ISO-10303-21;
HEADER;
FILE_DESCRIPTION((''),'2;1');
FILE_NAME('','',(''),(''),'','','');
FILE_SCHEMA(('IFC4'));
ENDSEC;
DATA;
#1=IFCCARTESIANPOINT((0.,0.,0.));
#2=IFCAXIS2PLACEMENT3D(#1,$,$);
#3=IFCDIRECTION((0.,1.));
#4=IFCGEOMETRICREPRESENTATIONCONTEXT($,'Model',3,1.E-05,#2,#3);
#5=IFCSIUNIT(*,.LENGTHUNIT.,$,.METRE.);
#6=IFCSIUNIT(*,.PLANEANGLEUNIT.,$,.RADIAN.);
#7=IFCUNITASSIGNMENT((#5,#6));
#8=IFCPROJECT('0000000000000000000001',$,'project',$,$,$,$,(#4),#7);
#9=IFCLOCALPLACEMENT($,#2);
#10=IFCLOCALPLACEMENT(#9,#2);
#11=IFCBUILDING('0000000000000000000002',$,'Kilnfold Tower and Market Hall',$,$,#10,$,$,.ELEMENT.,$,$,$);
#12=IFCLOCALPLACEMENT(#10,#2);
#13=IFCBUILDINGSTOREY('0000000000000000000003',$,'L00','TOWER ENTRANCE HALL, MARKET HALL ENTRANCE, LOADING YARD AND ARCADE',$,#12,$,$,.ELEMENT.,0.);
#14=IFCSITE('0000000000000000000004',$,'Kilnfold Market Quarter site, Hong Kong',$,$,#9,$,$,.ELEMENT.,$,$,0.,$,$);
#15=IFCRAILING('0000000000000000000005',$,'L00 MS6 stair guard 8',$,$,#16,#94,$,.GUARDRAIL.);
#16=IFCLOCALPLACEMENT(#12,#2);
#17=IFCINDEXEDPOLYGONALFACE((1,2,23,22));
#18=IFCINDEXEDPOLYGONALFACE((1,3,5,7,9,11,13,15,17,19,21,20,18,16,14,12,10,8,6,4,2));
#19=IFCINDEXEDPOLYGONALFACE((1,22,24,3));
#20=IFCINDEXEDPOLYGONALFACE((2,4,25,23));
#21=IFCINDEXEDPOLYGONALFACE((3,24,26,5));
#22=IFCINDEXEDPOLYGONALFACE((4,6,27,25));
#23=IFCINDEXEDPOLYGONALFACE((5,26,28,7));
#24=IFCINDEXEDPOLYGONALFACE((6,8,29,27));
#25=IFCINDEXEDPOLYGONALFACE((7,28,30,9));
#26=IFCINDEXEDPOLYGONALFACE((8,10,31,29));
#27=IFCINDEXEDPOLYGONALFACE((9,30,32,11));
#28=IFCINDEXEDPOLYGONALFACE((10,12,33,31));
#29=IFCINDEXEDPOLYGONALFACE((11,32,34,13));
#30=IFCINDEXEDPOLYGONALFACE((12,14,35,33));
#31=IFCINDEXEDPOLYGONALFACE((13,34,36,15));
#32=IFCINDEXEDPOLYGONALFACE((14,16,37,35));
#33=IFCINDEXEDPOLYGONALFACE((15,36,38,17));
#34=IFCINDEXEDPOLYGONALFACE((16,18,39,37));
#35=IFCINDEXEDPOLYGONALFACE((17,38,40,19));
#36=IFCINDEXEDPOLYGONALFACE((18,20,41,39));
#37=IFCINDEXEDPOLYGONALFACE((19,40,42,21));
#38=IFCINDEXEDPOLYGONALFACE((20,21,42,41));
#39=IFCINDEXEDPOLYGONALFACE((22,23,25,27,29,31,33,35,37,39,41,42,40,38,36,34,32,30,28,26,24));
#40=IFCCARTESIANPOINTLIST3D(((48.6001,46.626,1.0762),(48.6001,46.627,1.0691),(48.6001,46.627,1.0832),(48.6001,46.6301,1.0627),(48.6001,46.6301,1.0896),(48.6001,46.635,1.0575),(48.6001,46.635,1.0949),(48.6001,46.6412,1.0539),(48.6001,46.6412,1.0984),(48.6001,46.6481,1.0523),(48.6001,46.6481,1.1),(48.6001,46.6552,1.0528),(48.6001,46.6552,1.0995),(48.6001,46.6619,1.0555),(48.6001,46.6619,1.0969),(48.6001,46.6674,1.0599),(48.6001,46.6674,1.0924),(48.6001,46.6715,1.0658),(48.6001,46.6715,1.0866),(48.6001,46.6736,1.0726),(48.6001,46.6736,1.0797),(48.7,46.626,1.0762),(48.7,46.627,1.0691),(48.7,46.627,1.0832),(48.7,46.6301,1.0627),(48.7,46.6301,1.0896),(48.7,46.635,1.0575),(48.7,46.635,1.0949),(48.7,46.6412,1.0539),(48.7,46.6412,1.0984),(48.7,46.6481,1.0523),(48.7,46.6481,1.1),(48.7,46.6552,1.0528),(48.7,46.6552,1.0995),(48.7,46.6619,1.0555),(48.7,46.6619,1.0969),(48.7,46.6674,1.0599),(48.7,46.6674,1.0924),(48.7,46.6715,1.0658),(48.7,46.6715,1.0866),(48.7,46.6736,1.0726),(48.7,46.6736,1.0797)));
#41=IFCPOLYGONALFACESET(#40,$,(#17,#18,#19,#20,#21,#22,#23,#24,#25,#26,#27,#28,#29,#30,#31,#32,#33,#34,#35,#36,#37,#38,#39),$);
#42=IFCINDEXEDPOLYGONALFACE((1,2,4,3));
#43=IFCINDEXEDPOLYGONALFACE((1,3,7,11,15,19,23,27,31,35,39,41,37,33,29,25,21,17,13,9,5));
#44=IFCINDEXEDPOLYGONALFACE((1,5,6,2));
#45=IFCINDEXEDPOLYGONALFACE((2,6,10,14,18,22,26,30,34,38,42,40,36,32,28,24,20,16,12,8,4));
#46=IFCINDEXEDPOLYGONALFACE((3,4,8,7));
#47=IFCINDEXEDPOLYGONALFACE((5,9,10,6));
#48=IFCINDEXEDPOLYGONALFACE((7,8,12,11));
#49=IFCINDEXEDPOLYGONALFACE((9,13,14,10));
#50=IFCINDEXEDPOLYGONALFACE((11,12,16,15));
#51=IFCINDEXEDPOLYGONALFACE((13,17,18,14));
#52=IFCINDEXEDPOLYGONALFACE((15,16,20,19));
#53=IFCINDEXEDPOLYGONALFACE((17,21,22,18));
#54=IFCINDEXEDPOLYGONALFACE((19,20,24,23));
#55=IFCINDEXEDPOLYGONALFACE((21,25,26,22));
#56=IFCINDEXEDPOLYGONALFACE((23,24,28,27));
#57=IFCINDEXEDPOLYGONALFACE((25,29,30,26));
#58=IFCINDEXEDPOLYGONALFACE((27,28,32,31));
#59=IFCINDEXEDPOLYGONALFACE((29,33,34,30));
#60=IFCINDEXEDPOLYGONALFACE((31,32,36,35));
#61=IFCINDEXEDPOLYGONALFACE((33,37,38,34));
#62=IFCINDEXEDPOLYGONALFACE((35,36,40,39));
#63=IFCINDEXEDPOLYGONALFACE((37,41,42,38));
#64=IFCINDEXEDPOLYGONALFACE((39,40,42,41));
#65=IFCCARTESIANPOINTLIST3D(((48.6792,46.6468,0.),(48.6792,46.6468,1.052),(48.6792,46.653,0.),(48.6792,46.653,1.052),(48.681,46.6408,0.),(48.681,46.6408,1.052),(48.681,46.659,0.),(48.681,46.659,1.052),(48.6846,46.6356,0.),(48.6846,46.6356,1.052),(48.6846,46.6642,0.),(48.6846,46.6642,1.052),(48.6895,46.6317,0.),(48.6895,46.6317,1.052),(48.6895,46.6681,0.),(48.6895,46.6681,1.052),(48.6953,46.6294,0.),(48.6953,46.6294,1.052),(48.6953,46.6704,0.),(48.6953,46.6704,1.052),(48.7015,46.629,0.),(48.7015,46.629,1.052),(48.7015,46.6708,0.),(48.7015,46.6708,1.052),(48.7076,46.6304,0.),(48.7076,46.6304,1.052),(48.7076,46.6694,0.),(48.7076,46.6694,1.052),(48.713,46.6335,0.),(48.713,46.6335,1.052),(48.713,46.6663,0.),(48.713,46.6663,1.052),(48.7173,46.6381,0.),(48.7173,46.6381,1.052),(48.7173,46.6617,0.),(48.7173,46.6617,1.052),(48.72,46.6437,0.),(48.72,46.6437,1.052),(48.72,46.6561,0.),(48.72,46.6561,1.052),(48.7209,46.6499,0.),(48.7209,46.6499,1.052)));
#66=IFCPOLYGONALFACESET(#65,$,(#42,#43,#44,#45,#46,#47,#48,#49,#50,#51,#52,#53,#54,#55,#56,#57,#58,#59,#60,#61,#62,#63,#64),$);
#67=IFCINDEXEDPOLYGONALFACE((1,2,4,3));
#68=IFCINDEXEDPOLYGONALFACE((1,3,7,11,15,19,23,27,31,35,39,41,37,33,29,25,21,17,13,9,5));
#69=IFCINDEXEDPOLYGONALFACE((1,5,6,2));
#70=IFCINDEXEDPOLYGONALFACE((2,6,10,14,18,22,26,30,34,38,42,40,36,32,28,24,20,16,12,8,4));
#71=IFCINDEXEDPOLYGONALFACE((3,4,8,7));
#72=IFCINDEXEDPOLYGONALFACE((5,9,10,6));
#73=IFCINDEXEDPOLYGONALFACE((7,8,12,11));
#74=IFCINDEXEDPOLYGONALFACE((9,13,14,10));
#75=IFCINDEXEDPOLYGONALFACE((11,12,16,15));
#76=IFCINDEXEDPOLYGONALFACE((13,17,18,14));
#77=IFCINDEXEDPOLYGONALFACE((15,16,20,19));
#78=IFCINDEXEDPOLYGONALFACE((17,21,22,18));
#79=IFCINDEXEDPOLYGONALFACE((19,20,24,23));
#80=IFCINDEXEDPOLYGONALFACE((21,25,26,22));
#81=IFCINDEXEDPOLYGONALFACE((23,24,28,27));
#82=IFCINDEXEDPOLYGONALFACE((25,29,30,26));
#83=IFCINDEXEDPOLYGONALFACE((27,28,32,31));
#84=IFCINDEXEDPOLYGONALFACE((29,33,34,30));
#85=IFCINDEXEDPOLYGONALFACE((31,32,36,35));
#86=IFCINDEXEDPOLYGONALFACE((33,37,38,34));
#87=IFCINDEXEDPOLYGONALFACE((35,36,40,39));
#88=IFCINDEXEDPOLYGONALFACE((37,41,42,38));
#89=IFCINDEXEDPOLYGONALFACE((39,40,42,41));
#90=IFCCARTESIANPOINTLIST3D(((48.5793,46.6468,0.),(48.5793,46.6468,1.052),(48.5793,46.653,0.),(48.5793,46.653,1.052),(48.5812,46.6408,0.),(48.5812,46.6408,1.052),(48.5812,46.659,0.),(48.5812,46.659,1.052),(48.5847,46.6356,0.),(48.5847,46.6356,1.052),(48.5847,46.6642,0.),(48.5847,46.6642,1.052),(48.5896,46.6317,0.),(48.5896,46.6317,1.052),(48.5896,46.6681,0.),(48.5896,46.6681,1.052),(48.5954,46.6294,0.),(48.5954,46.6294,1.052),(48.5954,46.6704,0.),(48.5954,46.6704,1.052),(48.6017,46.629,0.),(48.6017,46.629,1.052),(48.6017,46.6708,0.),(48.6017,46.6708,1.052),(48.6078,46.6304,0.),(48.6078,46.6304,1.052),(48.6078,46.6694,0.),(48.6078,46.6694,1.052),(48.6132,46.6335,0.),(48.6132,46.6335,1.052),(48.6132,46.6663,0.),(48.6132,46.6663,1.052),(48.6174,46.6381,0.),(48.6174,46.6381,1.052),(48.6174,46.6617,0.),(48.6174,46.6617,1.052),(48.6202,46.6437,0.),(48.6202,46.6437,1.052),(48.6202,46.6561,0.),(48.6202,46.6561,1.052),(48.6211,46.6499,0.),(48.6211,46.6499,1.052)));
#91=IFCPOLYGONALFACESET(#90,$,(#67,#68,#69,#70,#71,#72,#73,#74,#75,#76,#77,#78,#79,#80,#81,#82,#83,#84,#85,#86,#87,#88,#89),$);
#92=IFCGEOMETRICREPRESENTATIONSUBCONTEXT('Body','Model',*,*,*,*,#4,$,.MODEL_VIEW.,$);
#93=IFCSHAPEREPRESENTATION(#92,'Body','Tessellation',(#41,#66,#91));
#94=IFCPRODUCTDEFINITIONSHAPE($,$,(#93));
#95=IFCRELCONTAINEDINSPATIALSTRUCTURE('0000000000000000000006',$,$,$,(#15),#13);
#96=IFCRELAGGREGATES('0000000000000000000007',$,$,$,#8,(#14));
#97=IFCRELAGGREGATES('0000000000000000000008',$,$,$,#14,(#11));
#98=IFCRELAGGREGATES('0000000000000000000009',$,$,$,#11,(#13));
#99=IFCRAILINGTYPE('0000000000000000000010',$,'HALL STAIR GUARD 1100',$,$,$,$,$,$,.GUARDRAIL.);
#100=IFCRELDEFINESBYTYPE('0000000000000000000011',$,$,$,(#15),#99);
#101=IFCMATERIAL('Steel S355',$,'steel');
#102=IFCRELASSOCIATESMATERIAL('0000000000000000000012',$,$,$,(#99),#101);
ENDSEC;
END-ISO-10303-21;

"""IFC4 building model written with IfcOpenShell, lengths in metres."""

from ifc_helpers import new_model, si_unit, direction, frame, origin, origin_2d, place, context, subcontext, project, spatial, circle, extrude, material, type_object, element, save


model = new_model("IFC4")

# Units and contexts
model_context = context("Model", 3, precision=1e-05, world=origin(), true_north=direction((0.0, 1.0)))
body_context = subcontext(model_context, "Body", "Model", "MODEL_VIEW")
ifc_project = project(units=[si_unit("LENGTHUNIT", "METRE"), si_unit("PLANEANGLEUNIT", "RADIAN")], contexts=[model_context])

# Site, building, storey
site_placement = place(None, origin())
site = spatial("IfcSite", under=ifc_project, at=site_placement, Name="Kilnfold Market Quarter site, Hong Kong", CompositionType="ELEMENT", RefElevation=0.0)
building_placement = place(site_placement, origin())
building = spatial("IfcBuilding", under=site, at=building_placement, Name="Kilnfold Tower and Market Hall", CompositionType="ELEMENT")
storey_placement = place(building_placement, origin())
storey = spatial("IfcBuildingStorey", under=building, at=storey_placement, Name="L00", Description="TOWER ENTRANCE HALL, MARKET HALL ENTRANCE, LOADING YARD AND ARCADE", CompositionType="ELEMENT", Elevation=0.0)

# Railing
ifc_material_1 = material(Name="Steel S355", Category="steel")
railing_type_1 = type_object("IfcRailingType", Name="HALL STAIR GUARD 1100", PredefinedType="GUARDRAIL", material=ifc_material_1)
railing_1_placement = place(storey_placement, frame((48.7, 46.6499, 0.0)))
element("IfcRailing", 1, at=railing_1_placement, inside=storey, type_object=railing_type_1, Name="L00 MS6 stair guard 8", PredefinedType="GUARDRAIL", context=body_context, shape_type="SweptSolid", body=[
    extrude(circle(Radius=0.0239, at=origin_2d()), frame((0.0, 0.0, 1.0762), z_axis=(-1.0, 0.0, 0.0), x_axis=(0.0, -1.0, 0.0)), (0.0, 0.0, 1.0), 0.0999),
    extrude(circle(Radius=0.021, at=origin_2d()), origin(), (0.0, 0.0, 1.0), 1.052),
    extrude(circle(Radius=0.021, at=origin_2d()), frame((-0.0999, 0.0, 0.0)), (0.0, 0.0, 1.0), 1.052),
])

save(model, "model.ifc")
